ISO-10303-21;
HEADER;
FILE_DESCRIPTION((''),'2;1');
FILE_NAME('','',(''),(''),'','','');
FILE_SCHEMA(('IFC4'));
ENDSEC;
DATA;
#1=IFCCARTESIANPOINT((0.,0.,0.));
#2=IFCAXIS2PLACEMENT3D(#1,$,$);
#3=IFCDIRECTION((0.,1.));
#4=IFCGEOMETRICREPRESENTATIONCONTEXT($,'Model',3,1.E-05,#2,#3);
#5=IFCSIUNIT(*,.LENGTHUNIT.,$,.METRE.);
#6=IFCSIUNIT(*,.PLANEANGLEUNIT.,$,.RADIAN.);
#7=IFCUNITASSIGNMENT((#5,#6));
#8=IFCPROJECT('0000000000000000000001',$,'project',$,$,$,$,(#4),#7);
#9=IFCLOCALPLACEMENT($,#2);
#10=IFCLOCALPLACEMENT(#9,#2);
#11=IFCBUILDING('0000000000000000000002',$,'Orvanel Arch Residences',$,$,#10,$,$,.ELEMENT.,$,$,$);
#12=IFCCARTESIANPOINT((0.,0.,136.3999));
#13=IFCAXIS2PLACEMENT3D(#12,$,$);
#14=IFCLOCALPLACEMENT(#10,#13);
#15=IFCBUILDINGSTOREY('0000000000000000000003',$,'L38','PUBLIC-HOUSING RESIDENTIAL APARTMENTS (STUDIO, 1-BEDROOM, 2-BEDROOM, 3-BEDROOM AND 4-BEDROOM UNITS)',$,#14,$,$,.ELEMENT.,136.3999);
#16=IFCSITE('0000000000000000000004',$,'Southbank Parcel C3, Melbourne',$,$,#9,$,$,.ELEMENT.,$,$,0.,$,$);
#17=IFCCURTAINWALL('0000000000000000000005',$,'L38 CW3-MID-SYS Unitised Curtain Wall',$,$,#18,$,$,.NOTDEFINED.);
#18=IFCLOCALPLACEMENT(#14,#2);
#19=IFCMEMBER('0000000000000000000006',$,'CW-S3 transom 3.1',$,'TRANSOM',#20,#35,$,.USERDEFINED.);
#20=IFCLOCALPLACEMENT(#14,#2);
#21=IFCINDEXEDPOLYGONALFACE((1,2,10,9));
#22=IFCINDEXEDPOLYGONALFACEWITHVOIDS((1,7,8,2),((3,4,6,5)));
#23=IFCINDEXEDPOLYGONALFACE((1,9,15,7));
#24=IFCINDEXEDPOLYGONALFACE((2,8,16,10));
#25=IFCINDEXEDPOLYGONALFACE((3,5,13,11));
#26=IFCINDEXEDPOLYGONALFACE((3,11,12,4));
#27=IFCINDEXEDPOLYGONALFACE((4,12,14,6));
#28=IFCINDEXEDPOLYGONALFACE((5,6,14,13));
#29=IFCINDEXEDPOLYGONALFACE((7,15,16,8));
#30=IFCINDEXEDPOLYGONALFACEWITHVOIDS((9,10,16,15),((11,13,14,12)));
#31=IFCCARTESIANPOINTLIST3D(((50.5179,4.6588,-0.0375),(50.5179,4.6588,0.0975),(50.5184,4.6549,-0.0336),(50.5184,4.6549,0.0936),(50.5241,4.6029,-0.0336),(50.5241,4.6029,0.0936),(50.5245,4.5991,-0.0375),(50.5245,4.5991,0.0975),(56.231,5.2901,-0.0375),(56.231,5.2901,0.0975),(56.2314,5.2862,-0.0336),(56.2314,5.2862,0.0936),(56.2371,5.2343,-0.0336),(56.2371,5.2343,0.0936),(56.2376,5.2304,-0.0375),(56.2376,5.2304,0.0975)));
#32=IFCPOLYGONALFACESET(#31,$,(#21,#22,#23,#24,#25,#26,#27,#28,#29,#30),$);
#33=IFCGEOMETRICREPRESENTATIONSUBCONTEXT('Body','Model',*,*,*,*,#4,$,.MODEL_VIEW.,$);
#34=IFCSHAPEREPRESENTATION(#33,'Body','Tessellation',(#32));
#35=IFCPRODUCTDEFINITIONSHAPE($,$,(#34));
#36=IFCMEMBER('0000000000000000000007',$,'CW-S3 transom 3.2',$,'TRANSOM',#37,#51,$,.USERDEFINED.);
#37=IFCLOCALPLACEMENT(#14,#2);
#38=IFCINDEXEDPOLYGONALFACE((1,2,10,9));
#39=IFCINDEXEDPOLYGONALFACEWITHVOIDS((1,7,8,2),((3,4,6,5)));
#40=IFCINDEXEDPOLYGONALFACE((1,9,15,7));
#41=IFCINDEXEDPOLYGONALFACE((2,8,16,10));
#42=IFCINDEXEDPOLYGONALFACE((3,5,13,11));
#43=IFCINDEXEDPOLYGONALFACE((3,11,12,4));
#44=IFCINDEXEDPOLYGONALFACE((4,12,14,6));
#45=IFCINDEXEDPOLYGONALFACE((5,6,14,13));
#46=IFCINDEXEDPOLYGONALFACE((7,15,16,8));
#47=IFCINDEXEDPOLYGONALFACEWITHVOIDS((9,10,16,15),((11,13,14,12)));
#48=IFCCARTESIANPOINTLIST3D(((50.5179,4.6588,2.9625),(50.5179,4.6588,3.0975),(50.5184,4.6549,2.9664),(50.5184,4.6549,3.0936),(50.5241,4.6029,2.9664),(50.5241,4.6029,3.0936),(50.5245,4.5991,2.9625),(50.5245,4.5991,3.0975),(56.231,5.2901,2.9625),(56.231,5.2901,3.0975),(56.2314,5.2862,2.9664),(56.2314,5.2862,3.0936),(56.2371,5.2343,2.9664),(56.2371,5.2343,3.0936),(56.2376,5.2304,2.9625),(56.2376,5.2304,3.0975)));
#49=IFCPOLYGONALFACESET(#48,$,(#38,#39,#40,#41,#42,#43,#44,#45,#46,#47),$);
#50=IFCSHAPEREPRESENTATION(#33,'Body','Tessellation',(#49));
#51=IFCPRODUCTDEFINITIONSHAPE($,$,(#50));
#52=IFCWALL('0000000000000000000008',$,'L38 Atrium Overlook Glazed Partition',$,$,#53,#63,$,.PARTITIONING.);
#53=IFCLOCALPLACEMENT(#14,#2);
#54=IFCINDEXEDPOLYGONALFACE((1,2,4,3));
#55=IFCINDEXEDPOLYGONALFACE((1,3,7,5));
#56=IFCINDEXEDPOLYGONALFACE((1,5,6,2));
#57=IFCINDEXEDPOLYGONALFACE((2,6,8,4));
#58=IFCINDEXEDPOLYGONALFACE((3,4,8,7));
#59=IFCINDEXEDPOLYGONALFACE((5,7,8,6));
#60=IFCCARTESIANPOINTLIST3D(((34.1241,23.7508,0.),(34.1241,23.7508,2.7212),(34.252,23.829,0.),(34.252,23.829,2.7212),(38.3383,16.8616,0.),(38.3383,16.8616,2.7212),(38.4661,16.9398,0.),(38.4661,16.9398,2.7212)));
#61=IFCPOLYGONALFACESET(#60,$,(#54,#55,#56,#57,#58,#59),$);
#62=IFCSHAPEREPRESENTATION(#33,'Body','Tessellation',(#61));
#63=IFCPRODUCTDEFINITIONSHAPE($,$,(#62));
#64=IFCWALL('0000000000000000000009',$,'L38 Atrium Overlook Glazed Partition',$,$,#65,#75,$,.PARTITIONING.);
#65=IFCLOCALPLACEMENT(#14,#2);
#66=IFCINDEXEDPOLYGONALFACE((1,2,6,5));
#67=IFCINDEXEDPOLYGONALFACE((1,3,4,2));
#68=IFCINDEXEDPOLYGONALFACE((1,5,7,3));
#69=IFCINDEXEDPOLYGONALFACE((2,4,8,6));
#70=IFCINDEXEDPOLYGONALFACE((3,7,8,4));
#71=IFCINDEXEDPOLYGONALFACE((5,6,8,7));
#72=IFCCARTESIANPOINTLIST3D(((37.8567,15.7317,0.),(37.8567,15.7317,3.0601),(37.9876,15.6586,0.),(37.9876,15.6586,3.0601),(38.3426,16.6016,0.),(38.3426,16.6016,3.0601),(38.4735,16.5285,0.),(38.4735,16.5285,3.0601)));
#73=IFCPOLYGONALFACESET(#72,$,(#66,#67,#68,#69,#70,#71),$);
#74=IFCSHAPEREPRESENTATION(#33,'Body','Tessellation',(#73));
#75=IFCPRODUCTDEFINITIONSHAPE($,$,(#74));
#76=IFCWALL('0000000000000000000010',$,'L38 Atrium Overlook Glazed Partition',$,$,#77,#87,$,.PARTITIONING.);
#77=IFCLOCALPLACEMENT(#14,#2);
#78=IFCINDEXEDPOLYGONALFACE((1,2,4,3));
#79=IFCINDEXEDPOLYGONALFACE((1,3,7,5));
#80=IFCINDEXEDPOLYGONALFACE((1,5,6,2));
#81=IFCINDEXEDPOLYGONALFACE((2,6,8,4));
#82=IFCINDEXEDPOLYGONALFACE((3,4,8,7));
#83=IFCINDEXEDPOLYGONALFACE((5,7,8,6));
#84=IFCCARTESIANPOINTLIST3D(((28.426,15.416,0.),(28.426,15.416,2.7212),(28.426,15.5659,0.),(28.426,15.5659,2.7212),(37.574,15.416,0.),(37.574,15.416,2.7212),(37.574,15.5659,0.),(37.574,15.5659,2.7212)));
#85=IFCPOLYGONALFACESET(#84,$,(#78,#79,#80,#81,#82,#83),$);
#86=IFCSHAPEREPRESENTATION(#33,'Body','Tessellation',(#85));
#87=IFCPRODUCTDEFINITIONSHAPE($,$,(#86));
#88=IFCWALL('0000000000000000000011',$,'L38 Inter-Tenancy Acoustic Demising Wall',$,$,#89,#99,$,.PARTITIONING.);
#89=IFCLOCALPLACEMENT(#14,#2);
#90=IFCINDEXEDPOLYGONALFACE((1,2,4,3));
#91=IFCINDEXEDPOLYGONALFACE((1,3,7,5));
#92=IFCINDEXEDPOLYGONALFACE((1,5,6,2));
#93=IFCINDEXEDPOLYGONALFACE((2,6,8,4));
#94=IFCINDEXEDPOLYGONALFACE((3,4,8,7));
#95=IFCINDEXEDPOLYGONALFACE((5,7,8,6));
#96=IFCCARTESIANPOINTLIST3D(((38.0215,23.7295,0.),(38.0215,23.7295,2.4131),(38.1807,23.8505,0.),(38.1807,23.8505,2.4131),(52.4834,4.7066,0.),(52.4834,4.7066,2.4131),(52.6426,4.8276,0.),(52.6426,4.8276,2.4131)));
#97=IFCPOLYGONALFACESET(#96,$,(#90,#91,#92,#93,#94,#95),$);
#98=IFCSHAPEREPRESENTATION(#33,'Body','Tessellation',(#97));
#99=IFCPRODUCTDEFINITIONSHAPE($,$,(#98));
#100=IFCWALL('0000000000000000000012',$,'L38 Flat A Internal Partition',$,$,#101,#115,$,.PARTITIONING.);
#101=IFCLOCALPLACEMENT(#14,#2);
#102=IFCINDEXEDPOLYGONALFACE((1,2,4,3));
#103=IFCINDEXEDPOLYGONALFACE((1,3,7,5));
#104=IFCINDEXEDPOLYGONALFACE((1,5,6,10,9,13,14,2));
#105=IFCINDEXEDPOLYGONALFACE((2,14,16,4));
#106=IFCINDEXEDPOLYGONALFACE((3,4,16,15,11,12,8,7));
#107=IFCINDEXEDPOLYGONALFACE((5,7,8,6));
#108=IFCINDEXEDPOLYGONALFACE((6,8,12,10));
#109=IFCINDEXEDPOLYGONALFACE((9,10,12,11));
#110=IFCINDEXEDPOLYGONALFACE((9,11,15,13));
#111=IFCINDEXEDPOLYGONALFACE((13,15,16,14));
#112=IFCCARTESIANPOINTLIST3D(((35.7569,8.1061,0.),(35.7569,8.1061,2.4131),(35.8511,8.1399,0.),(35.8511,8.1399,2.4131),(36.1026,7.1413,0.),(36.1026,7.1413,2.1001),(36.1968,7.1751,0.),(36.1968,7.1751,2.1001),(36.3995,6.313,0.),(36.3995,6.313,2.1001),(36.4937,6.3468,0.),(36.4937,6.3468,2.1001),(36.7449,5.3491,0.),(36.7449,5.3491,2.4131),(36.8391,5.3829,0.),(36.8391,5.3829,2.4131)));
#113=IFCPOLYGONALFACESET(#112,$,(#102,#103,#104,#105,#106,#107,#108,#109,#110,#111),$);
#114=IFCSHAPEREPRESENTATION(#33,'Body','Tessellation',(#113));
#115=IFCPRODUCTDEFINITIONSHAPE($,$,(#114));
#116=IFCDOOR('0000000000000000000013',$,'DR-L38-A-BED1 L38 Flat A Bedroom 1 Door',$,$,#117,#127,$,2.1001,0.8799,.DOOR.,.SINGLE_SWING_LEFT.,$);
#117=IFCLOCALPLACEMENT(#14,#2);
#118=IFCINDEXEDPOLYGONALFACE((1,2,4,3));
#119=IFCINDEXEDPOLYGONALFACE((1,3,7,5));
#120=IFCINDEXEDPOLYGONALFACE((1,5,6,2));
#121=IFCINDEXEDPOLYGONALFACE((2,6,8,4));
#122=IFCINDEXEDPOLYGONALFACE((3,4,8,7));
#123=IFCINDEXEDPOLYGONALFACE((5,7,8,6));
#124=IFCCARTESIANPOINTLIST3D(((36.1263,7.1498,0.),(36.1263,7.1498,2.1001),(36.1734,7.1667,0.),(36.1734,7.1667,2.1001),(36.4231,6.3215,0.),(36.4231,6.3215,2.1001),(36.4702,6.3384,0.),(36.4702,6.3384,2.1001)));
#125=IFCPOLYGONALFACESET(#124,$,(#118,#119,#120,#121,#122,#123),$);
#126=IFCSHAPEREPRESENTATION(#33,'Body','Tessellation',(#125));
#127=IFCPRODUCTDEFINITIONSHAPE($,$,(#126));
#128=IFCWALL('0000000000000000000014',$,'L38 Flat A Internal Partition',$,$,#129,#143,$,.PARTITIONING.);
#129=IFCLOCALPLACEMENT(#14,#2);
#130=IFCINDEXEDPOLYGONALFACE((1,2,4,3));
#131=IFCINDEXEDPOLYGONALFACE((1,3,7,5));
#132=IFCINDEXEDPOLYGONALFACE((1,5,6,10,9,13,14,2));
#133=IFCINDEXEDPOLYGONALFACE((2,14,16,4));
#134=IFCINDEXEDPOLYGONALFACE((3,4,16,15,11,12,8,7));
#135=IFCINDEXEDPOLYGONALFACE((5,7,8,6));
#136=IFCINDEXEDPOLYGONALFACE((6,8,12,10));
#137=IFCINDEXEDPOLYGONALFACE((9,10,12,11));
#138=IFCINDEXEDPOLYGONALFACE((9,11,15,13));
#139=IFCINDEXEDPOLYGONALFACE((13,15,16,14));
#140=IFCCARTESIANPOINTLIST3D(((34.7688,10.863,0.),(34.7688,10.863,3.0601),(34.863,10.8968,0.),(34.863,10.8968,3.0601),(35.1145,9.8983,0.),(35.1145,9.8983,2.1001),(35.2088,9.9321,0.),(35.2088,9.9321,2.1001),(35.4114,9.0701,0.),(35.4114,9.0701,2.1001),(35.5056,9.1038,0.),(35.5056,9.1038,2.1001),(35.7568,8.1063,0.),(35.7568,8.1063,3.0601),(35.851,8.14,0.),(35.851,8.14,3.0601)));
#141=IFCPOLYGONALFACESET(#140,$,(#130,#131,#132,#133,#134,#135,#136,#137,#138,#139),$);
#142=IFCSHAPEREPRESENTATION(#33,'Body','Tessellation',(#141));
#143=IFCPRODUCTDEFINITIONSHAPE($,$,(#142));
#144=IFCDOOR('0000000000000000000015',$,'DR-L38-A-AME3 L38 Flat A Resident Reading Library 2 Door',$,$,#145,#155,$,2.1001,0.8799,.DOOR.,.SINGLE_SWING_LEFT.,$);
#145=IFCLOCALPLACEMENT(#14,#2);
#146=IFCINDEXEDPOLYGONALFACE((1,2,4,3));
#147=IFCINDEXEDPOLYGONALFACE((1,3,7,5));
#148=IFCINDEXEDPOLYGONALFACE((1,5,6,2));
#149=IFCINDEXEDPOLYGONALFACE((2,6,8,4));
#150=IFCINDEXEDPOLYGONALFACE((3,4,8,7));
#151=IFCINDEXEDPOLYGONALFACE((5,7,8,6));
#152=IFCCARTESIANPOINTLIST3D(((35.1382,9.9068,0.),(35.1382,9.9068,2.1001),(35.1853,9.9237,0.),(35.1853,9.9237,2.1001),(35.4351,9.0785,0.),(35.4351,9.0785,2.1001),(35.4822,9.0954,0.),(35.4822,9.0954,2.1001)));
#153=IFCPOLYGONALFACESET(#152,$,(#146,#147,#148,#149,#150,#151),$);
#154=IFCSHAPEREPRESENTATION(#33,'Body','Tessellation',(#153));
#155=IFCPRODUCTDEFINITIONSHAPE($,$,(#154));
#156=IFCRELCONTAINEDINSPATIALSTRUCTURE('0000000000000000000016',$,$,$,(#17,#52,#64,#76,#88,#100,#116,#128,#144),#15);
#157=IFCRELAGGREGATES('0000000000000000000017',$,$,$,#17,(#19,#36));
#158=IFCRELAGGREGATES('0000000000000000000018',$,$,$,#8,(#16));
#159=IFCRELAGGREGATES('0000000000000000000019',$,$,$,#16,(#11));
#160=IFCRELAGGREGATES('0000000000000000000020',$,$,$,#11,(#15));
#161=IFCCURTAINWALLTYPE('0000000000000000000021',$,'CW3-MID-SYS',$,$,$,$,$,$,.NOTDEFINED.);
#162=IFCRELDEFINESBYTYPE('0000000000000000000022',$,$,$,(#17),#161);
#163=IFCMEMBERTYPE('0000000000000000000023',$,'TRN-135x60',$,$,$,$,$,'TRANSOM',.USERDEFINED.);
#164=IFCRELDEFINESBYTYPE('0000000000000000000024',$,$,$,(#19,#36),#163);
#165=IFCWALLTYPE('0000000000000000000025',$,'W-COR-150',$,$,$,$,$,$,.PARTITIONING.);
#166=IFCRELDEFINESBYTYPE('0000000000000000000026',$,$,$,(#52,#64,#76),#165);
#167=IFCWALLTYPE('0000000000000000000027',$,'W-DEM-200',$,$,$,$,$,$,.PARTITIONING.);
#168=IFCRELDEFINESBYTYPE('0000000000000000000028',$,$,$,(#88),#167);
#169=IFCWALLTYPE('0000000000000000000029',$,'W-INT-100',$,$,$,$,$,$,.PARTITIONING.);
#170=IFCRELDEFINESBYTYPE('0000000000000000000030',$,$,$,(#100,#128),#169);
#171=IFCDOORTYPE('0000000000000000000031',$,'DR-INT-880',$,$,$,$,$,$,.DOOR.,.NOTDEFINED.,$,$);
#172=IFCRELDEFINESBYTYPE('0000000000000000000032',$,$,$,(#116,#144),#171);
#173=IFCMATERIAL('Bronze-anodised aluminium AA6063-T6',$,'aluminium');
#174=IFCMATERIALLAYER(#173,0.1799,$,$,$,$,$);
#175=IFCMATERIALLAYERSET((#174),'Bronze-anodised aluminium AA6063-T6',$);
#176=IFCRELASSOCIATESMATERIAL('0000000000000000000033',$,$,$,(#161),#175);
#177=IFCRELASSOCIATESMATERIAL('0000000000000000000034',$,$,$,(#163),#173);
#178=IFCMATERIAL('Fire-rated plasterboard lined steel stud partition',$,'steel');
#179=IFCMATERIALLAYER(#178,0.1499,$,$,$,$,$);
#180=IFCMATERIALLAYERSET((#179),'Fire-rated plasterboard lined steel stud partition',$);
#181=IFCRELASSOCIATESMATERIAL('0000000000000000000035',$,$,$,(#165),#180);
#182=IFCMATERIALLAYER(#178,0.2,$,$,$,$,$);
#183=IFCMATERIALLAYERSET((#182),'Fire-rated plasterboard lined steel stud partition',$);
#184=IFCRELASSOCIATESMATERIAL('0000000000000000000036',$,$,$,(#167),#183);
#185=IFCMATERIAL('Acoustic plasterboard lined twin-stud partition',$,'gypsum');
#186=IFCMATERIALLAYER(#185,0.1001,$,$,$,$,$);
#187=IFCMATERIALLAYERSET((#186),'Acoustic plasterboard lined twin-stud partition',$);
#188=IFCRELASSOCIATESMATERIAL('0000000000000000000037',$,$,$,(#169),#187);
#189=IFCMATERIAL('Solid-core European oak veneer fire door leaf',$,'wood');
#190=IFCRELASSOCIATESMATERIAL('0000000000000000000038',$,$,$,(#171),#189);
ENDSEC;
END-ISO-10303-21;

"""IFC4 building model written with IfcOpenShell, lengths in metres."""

from ifc_helpers import new_model, si_unit, direction, frame, frame_2d, origin, origin_2d, place, context, subcontext, project, spatial, rectangle, hollow_rectangle, extrude, material, layer, layer_set, material_profile, profile_set, type_object, element, fill, aggregate, save


model = new_model("IFC4")

# Units and contexts
model_context = context("Model", 3, precision=1e-05, world=origin(), true_north=direction((0.0, 1.0)))
body_context = subcontext(model_context, "Body", "Model", "MODEL_VIEW")
ifc_project = project(units=[si_unit("LENGTHUNIT", "METRE"), si_unit("PLANEANGLEUNIT", "RADIAN")], contexts=[model_context])

# Site, building, storey
site_placement = place(None, origin())
site = spatial("IfcSite", under=ifc_project, at=site_placement, Name="Southbank Parcel C3, Melbourne", CompositionType="ELEMENT", RefElevation=0.0)
building_placement = place(site_placement, origin())
building = spatial("IfcBuilding", under=site, at=building_placement, Name="Orvanel Arch Residences", CompositionType="ELEMENT")
storey_placement = place(building_placement, frame((0.0, 0.0, 136.3999)))
storey = spatial("IfcBuildingStorey", under=building, at=storey_placement, Name="L38", Description="PUBLIC-HOUSING RESIDENTIAL APARTMENTS (STUDIO, 1-BEDROOM, 2-BEDROOM, 3-BEDROOM AND 4-BEDROOM UNITS)", CompositionType="ELEMENT", Elevation=136.3999)

# Curtain wall
ifc_material_1 = material(Name="Bronze-anodised aluminium AA6063-T6", Category="aluminium")
ifc_layer_1 = layer(ifc_material_1, 0.1799)
ifc_layer_set_1 = layer_set([ifc_layer_1], Name="Bronze-anodised aluminium AA6063-T6")
curtain_wall_type = type_object("IfcCurtainWallType", Name="CW3-MID-SYS", PredefinedType="NOTDEFINED", material=ifc_layer_set_1)
curtain_wall_placement = place(storey_placement, origin())
curtain_wall = element("IfcCurtainWall", 1, at=curtain_wall_placement, inside=storey, type_object=curtain_wall_type, Name="L38 CW3-MID-SYS Unitised Curtain Wall", PredefinedType="NOTDEFINED")

# Members
ifc_material_profile_1 = material_profile(ifc_material_1, hollow_rectangle(XDim=0.0601, YDim=0.135, WallThickness=0.0039, at=origin_2d()), Name="ALU135x60x4")
ifc_profile_set_1 = profile_set([ifc_material_profile_1], Name="Bronze-anodised aluminium AA6063-T6")
member_type_1 = type_object("IfcMemberType", Name="TRN-135x60", ElementType="TRANSOM", PredefinedType="USERDEFINED", material=ifc_profile_set_1)
member_1_placement = place(storey_placement, frame((50.5212, 4.6289, 0.03), z_axis=(0.993949, 0.109839, 0.0), x_axis=(-0.109839, 0.993949, 0.0)))
member_1 = element("IfcMember", 2, at=member_1_placement, type_object=member_type_1, Name="CW-S3 transom 3.1", ObjectType="TRANSOM", PredefinedType="USERDEFINED", context=body_context, shape_type="SweptSolid", body=[
    extrude(hollow_rectangle(XDim=0.0601, YDim=0.135, WallThickness=0.0039, at=origin_2d()), origin(), (0.0, 0.0, 1.0), 5.7478),
])
member_2_placement = place(storey_placement, frame((50.5212, 4.6289, 3.03), z_axis=(0.993949, 0.109839, 0.0), x_axis=(-0.109839, 0.993949, 0.0)))
member_2 = element("IfcMember", 3, at=member_2_placement, type_object=member_type_1, Name="CW-S3 transom 3.2", ObjectType="TRANSOM", PredefinedType="USERDEFINED", context=body_context, shape_type="SweptSolid", body=[
    extrude(hollow_rectangle(XDim=0.0601, YDim=0.135, WallThickness=0.0039, at=origin_2d()), origin(), (0.0, 0.0, 1.0), 5.7478),
])
aggregate(curtain_wall, [member_1, member_2])

# Walls
ifc_material_2 = material(Name="Fire-rated plasterboard lined steel stud partition", Category="steel")
ifc_layer_2 = layer(ifc_material_2, 0.1499)
ifc_layer_set_2 = layer_set([ifc_layer_2], Name="Fire-rated plasterboard lined steel stud partition")
wall_type_1 = type_object("IfcWallType", Name="W-COR-150", PredefinedType="PARTITIONING", material=ifc_layer_set_2)
wall_1_placement = place(storey_placement, frame((34.188, 23.79, 0.0), z_axis=(0.0, 0.0, 1.0), x_axis=(0.521817, -0.853058, 0.0)))
element("IfcWall", 4, at=wall_1_placement, inside=storey, type_object=wall_type_1, Name="L38 Atrium Overlook Glazed Partition", PredefinedType="PARTITIONING", context=body_context, shape_type="SweptSolid", body=[
    extrude(rectangle(XDim=8.0759, YDim=0.1499, at=frame_2d((4.0381, 0.0))), origin(), (0.0, 0.0, 1.0), 2.7212),
])
wall_2_placement = place(storey_placement, frame((38.408, 16.5649, 0.0), z_axis=(0.0, 0.0, 1.0), x_axis=(-0.487618, -0.873057, 0.0)))
element("IfcWall", 5, at=wall_2_placement, inside=storey, type_object=wall_type_1, Name="L38 Atrium Overlook Glazed Partition", PredefinedType="PARTITIONING", context=body_context, shape_type="SweptSolid", body=[
    extrude(rectangle(XDim=0.9963, YDim=0.1499, at=frame_2d((0.498, 0.0))), origin(), (0.0, 0.0, 1.0), 3.0601),
])
wall_3_placement = place(storey_placement, frame((37.574, 15.491, 0.0), z_axis=(0.0, 0.0, 1.0), x_axis=(-1.0, 0.0, 0.0)))
element("IfcWall", 6, at=wall_3_placement, inside=storey, type_object=wall_type_1, Name="L38 Atrium Overlook Glazed Partition", PredefinedType="PARTITIONING", context=body_context, shape_type="SweptSolid", body=[
    extrude(rectangle(XDim=9.1479, YDim=0.1499, at=frame_2d((4.574, 0.0))), origin(), (0.0, 0.0, 1.0), 2.7212),
])
ifc_layer_3 = layer(ifc_material_2, 0.2)
ifc_layer_set_3 = layer_set([ifc_layer_3], Name="Fire-rated plasterboard lined steel stud partition")
wall_type_2 = type_object("IfcWallType", Name="W-DEM-200", PredefinedType="PARTITIONING", material=ifc_layer_set_3)
wall_4_placement = place(storey_placement, frame((38.1011, 23.79, 0.0), z_axis=(0.0, 0.0, 1.0), x_axis=(0.605202, -0.796072, 0.0)))
element("IfcWall", 7, at=wall_4_placement, inside=storey, type_object=wall_type_2, Name="L38 Inter-Tenancy Acoustic Demising Wall", PredefinedType="PARTITIONING", context=body_context, shape_type="SweptSolid", body=[
    extrude(rectangle(XDim=23.896, YDim=0.2, at=frame_2d((11.948, 0.0))), origin(), (0.0, 0.0, 1.0), 2.4131),
])

# Walls, openings, doors
ifc_material_3 = material(Name="Acoustic plasterboard lined twin-stud partition", Category="gypsum")
ifc_layer_4 = layer(ifc_material_3, 0.1001)
ifc_layer_set_4 = layer_set([ifc_layer_4], Name="Acoustic plasterboard lined twin-stud partition")
wall_type_3 = type_object("IfcWallType", Name="W-INT-100", PredefinedType="PARTITIONING", material=ifc_layer_set_4)
wall_5_placement = place(storey_placement, frame((36.792, 5.366, 0.0), z_axis=(0.0, 0.0, 1.0), x_axis=(-0.337355, 0.941377, 0.0)))
wall_5 = element("IfcWall", 8, at=wall_5_placement, inside=storey, type_object=wall_type_3, Name="L38 Flat A Internal Partition", PredefinedType="PARTITIONING", context=body_context, shape_type="SweptSolid", body=[
    extrude(rectangle(XDim=2.9287, YDim=0.1001, at=frame_2d((1.4644, 0.0))), origin(), (0.0, 0.0, 1.0), 2.4131),
])
opening_1_placement = place(wall_5_placement, frame((1.0239, 0.0, 0.0)))
opening_1 = element("IfcOpeningElement", 9, at=opening_1_placement, cuts=wall_5, PredefinedType="OPENING", context=body_context, shape_type="SweptSolid", body=[
    extrude(rectangle(XDim=0.8799, YDim=2.1001, at=frame_2d((0.4399, 1.05))), frame((0.0, 0.0601, 0.0), z_axis=(0.0, -1.0, 0.0), x_axis=(1.0, 0.0, 0.0)), (0.0, 0.0, 1.0), 0.1201),
])
ifc_material_4 = material(Name="Solid-core European oak veneer fire door leaf", Category="wood")
door_type_1 = type_object("IfcDoorType", Name="DR-INT-880", OperationType="NOTDEFINED", PredefinedType="DOOR", material=ifc_material_4)
door_1_placement = place(opening_1_placement, origin())
door_1 = element("IfcDoor", 10, at=door_1_placement, inside=storey, type_object=door_type_1, Name="DR-L38-A-BED1 L38 Flat A Bedroom 1 Door", OperationType="SINGLE_SWING_LEFT", OverallHeight=2.1001, OverallWidth=0.8799, PredefinedType="DOOR", context=body_context, shape_type="SweptSolid", body=[
    extrude(rectangle(XDim=0.8799, YDim=2.1001, at=frame_2d((0.4399, 1.05))), frame((0.0, 0.0249, 0.0), z_axis=(0.0, -1.0, 0.0), x_axis=(1.0, 0.0, 0.0)), (0.0, 0.0, 1.0), 0.05),
])
fill(opening_1, door_1)
wall_6_placement = place(storey_placement, frame((35.804, 8.123, 0.0), z_axis=(0.0, 0.0, 1.0), x_axis=(-0.337382, 0.941368, 0.0)))
wall_6 = element("IfcWall", 11, at=wall_6_placement, inside=storey, type_object=wall_type_3, Name="L38 Flat A Internal Partition", PredefinedType="PARTITIONING", context=body_context, shape_type="SweptSolid", body=[
    extrude(rectangle(XDim=2.9285, YDim=0.1001, at=frame_2d((1.4644, 0.0))), origin(), (0.0, 0.0, 1.0), 3.0601),
])
opening_2_placement = place(wall_6_placement, frame((1.0239, 0.0, 0.0)))
opening_2 = element("IfcOpeningElement", 12, at=opening_2_placement, cuts=wall_6, PredefinedType="OPENING", context=body_context, shape_type="SweptSolid", body=[
    extrude(rectangle(XDim=0.8799, YDim=2.1001, at=frame_2d((0.4399, 1.05))), frame((0.0, 0.0601, 0.0), z_axis=(0.0, -1.0, 0.0), x_axis=(1.0, 0.0, 0.0)), (0.0, 0.0, 1.0), 0.1201),
])
door_2_placement = place(opening_2_placement, origin())
door_2 = element("IfcDoor", 13, at=door_2_placement, inside=storey, type_object=door_type_1, Name="DR-L38-A-AME3 L38 Flat A Resident Reading Library 2 Door", OperationType="SINGLE_SWING_LEFT", OverallHeight=2.1001, OverallWidth=0.8799, PredefinedType="DOOR", context=body_context, shape_type="SweptSolid", body=[
    extrude(rectangle(XDim=0.8799, YDim=2.1001, at=frame_2d((0.4399, 1.05))), frame((0.0, 0.0249, 0.0), z_axis=(0.0, -1.0, 0.0), x_axis=(1.0, 0.0, 0.0)), (0.0, 0.0, 1.0), 0.05),
])
fill(opening_2, door_2)

save(model, "model.ifc")
